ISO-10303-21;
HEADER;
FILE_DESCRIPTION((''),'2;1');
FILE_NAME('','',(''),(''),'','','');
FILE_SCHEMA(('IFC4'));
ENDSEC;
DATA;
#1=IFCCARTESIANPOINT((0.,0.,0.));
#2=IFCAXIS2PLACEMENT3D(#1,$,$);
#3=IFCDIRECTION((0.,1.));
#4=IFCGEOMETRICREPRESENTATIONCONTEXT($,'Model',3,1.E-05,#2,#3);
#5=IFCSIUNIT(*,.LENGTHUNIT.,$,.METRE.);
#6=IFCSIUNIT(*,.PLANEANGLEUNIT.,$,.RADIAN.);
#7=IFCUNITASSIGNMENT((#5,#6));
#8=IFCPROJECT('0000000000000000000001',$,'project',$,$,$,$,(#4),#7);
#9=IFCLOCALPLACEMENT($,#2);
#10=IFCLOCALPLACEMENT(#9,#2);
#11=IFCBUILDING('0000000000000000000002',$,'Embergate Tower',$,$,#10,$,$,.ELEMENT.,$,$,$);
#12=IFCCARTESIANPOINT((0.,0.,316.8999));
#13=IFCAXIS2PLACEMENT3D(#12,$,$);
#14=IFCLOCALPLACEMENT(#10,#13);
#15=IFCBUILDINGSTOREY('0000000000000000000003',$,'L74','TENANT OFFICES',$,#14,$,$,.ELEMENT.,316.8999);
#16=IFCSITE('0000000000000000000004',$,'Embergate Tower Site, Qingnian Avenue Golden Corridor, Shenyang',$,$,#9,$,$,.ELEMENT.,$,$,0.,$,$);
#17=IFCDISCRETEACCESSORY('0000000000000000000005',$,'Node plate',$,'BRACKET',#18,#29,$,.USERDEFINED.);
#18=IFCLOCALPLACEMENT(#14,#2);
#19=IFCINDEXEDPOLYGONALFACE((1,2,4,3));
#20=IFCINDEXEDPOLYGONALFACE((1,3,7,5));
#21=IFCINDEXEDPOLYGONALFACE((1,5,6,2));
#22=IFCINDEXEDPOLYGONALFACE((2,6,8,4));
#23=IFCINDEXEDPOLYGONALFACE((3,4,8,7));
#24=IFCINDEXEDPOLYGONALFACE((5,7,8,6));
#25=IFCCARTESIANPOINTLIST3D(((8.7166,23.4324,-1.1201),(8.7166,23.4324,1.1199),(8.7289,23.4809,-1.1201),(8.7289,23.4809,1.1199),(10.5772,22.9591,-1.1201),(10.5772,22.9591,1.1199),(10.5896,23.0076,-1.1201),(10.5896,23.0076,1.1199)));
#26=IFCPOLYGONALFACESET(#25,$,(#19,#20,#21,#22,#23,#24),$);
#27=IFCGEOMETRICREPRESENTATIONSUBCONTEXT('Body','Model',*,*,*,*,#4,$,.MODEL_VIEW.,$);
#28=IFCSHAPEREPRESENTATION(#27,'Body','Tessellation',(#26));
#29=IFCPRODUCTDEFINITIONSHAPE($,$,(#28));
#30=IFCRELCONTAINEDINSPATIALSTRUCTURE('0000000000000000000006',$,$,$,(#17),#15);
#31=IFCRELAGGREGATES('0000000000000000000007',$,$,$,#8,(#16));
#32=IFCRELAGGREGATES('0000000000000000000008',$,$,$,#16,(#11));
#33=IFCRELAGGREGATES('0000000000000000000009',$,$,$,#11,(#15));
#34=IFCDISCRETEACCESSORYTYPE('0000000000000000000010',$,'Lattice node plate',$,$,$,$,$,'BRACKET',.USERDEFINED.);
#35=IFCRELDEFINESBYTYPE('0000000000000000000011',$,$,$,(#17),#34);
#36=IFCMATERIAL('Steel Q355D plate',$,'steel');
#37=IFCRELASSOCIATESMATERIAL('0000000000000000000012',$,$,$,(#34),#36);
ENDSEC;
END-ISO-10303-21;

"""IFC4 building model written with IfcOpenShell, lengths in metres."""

from ifc_helpers import new_model, si_unit, direction, frame, origin, origin_2d, place, context, subcontext, project, spatial, rectangle, extrude, source, transform, mapped, material, type_object, element, save


model = new_model("IFC4")

# Units and contexts
model_context = context("Model", 3, precision=1e-05, world=origin(), true_north=direction((0.0, 1.0)))
body_context = subcontext(model_context, "Body", "Model", "MODEL_VIEW")
ifc_project = project(units=[si_unit("LENGTHUNIT", "METRE"), si_unit("PLANEANGLEUNIT", "RADIAN")], contexts=[model_context])

# Site, building, storey
site_placement = place(None, origin())
site = spatial("IfcSite", under=ifc_project, at=site_placement, Name="Embergate Tower Site, Qingnian Avenue Golden Corridor, Shenyang", CompositionType="ELEMENT", RefElevation=0.0)
building_placement = place(site_placement, origin())
building = spatial("IfcBuilding", under=site, at=building_placement, Name="Embergate Tower", CompositionType="ELEMENT")
storey_placement = place(building_placement, frame((0.0, 0.0, 316.8999)))
storey = spatial("IfcBuildingStorey", under=building, at=storey_placement, Name="L74", Description="TENANT OFFICES", CompositionType="ELEMENT", Elevation=316.8999)

# Discrete accessory
ifc_material_1 = material(Name="Steel Q355D plate", Category="steel")
discrete_accessory_type = type_object("IfcDiscreteAccessoryType", Name="Lattice node plate", ElementType="BRACKET", PredefinedType="USERDEFINED", material=ifc_material_1)
shared_shape_1 = source(origin(), body_context, "Body", "SweptSolid", [
    extrude(rectangle(XDim=1.9199, YDim=0.05, at=origin_2d()), origin(), (0.0, 0.0, 1.0), 2.24),
])
discrete_accessory_placement = place(storey_placement, frame((9.6531, 23.22, -1.1201), z_axis=(0.0, 0.0, 1.0), x_axis=(-0.969141, 0.246509, 0.0)))
element("IfcDiscreteAccessory", 1, at=discrete_accessory_placement, inside=storey, type_object=discrete_accessory_type, Name="Node plate", ObjectType="BRACKET", PredefinedType="USERDEFINED", context=body_context, shape_type="MappedRepresentation", body=[
    mapped(shared_shape_1, transform((0.0, 0.0, 0.0))),
])

save(model, "model.ifc")
